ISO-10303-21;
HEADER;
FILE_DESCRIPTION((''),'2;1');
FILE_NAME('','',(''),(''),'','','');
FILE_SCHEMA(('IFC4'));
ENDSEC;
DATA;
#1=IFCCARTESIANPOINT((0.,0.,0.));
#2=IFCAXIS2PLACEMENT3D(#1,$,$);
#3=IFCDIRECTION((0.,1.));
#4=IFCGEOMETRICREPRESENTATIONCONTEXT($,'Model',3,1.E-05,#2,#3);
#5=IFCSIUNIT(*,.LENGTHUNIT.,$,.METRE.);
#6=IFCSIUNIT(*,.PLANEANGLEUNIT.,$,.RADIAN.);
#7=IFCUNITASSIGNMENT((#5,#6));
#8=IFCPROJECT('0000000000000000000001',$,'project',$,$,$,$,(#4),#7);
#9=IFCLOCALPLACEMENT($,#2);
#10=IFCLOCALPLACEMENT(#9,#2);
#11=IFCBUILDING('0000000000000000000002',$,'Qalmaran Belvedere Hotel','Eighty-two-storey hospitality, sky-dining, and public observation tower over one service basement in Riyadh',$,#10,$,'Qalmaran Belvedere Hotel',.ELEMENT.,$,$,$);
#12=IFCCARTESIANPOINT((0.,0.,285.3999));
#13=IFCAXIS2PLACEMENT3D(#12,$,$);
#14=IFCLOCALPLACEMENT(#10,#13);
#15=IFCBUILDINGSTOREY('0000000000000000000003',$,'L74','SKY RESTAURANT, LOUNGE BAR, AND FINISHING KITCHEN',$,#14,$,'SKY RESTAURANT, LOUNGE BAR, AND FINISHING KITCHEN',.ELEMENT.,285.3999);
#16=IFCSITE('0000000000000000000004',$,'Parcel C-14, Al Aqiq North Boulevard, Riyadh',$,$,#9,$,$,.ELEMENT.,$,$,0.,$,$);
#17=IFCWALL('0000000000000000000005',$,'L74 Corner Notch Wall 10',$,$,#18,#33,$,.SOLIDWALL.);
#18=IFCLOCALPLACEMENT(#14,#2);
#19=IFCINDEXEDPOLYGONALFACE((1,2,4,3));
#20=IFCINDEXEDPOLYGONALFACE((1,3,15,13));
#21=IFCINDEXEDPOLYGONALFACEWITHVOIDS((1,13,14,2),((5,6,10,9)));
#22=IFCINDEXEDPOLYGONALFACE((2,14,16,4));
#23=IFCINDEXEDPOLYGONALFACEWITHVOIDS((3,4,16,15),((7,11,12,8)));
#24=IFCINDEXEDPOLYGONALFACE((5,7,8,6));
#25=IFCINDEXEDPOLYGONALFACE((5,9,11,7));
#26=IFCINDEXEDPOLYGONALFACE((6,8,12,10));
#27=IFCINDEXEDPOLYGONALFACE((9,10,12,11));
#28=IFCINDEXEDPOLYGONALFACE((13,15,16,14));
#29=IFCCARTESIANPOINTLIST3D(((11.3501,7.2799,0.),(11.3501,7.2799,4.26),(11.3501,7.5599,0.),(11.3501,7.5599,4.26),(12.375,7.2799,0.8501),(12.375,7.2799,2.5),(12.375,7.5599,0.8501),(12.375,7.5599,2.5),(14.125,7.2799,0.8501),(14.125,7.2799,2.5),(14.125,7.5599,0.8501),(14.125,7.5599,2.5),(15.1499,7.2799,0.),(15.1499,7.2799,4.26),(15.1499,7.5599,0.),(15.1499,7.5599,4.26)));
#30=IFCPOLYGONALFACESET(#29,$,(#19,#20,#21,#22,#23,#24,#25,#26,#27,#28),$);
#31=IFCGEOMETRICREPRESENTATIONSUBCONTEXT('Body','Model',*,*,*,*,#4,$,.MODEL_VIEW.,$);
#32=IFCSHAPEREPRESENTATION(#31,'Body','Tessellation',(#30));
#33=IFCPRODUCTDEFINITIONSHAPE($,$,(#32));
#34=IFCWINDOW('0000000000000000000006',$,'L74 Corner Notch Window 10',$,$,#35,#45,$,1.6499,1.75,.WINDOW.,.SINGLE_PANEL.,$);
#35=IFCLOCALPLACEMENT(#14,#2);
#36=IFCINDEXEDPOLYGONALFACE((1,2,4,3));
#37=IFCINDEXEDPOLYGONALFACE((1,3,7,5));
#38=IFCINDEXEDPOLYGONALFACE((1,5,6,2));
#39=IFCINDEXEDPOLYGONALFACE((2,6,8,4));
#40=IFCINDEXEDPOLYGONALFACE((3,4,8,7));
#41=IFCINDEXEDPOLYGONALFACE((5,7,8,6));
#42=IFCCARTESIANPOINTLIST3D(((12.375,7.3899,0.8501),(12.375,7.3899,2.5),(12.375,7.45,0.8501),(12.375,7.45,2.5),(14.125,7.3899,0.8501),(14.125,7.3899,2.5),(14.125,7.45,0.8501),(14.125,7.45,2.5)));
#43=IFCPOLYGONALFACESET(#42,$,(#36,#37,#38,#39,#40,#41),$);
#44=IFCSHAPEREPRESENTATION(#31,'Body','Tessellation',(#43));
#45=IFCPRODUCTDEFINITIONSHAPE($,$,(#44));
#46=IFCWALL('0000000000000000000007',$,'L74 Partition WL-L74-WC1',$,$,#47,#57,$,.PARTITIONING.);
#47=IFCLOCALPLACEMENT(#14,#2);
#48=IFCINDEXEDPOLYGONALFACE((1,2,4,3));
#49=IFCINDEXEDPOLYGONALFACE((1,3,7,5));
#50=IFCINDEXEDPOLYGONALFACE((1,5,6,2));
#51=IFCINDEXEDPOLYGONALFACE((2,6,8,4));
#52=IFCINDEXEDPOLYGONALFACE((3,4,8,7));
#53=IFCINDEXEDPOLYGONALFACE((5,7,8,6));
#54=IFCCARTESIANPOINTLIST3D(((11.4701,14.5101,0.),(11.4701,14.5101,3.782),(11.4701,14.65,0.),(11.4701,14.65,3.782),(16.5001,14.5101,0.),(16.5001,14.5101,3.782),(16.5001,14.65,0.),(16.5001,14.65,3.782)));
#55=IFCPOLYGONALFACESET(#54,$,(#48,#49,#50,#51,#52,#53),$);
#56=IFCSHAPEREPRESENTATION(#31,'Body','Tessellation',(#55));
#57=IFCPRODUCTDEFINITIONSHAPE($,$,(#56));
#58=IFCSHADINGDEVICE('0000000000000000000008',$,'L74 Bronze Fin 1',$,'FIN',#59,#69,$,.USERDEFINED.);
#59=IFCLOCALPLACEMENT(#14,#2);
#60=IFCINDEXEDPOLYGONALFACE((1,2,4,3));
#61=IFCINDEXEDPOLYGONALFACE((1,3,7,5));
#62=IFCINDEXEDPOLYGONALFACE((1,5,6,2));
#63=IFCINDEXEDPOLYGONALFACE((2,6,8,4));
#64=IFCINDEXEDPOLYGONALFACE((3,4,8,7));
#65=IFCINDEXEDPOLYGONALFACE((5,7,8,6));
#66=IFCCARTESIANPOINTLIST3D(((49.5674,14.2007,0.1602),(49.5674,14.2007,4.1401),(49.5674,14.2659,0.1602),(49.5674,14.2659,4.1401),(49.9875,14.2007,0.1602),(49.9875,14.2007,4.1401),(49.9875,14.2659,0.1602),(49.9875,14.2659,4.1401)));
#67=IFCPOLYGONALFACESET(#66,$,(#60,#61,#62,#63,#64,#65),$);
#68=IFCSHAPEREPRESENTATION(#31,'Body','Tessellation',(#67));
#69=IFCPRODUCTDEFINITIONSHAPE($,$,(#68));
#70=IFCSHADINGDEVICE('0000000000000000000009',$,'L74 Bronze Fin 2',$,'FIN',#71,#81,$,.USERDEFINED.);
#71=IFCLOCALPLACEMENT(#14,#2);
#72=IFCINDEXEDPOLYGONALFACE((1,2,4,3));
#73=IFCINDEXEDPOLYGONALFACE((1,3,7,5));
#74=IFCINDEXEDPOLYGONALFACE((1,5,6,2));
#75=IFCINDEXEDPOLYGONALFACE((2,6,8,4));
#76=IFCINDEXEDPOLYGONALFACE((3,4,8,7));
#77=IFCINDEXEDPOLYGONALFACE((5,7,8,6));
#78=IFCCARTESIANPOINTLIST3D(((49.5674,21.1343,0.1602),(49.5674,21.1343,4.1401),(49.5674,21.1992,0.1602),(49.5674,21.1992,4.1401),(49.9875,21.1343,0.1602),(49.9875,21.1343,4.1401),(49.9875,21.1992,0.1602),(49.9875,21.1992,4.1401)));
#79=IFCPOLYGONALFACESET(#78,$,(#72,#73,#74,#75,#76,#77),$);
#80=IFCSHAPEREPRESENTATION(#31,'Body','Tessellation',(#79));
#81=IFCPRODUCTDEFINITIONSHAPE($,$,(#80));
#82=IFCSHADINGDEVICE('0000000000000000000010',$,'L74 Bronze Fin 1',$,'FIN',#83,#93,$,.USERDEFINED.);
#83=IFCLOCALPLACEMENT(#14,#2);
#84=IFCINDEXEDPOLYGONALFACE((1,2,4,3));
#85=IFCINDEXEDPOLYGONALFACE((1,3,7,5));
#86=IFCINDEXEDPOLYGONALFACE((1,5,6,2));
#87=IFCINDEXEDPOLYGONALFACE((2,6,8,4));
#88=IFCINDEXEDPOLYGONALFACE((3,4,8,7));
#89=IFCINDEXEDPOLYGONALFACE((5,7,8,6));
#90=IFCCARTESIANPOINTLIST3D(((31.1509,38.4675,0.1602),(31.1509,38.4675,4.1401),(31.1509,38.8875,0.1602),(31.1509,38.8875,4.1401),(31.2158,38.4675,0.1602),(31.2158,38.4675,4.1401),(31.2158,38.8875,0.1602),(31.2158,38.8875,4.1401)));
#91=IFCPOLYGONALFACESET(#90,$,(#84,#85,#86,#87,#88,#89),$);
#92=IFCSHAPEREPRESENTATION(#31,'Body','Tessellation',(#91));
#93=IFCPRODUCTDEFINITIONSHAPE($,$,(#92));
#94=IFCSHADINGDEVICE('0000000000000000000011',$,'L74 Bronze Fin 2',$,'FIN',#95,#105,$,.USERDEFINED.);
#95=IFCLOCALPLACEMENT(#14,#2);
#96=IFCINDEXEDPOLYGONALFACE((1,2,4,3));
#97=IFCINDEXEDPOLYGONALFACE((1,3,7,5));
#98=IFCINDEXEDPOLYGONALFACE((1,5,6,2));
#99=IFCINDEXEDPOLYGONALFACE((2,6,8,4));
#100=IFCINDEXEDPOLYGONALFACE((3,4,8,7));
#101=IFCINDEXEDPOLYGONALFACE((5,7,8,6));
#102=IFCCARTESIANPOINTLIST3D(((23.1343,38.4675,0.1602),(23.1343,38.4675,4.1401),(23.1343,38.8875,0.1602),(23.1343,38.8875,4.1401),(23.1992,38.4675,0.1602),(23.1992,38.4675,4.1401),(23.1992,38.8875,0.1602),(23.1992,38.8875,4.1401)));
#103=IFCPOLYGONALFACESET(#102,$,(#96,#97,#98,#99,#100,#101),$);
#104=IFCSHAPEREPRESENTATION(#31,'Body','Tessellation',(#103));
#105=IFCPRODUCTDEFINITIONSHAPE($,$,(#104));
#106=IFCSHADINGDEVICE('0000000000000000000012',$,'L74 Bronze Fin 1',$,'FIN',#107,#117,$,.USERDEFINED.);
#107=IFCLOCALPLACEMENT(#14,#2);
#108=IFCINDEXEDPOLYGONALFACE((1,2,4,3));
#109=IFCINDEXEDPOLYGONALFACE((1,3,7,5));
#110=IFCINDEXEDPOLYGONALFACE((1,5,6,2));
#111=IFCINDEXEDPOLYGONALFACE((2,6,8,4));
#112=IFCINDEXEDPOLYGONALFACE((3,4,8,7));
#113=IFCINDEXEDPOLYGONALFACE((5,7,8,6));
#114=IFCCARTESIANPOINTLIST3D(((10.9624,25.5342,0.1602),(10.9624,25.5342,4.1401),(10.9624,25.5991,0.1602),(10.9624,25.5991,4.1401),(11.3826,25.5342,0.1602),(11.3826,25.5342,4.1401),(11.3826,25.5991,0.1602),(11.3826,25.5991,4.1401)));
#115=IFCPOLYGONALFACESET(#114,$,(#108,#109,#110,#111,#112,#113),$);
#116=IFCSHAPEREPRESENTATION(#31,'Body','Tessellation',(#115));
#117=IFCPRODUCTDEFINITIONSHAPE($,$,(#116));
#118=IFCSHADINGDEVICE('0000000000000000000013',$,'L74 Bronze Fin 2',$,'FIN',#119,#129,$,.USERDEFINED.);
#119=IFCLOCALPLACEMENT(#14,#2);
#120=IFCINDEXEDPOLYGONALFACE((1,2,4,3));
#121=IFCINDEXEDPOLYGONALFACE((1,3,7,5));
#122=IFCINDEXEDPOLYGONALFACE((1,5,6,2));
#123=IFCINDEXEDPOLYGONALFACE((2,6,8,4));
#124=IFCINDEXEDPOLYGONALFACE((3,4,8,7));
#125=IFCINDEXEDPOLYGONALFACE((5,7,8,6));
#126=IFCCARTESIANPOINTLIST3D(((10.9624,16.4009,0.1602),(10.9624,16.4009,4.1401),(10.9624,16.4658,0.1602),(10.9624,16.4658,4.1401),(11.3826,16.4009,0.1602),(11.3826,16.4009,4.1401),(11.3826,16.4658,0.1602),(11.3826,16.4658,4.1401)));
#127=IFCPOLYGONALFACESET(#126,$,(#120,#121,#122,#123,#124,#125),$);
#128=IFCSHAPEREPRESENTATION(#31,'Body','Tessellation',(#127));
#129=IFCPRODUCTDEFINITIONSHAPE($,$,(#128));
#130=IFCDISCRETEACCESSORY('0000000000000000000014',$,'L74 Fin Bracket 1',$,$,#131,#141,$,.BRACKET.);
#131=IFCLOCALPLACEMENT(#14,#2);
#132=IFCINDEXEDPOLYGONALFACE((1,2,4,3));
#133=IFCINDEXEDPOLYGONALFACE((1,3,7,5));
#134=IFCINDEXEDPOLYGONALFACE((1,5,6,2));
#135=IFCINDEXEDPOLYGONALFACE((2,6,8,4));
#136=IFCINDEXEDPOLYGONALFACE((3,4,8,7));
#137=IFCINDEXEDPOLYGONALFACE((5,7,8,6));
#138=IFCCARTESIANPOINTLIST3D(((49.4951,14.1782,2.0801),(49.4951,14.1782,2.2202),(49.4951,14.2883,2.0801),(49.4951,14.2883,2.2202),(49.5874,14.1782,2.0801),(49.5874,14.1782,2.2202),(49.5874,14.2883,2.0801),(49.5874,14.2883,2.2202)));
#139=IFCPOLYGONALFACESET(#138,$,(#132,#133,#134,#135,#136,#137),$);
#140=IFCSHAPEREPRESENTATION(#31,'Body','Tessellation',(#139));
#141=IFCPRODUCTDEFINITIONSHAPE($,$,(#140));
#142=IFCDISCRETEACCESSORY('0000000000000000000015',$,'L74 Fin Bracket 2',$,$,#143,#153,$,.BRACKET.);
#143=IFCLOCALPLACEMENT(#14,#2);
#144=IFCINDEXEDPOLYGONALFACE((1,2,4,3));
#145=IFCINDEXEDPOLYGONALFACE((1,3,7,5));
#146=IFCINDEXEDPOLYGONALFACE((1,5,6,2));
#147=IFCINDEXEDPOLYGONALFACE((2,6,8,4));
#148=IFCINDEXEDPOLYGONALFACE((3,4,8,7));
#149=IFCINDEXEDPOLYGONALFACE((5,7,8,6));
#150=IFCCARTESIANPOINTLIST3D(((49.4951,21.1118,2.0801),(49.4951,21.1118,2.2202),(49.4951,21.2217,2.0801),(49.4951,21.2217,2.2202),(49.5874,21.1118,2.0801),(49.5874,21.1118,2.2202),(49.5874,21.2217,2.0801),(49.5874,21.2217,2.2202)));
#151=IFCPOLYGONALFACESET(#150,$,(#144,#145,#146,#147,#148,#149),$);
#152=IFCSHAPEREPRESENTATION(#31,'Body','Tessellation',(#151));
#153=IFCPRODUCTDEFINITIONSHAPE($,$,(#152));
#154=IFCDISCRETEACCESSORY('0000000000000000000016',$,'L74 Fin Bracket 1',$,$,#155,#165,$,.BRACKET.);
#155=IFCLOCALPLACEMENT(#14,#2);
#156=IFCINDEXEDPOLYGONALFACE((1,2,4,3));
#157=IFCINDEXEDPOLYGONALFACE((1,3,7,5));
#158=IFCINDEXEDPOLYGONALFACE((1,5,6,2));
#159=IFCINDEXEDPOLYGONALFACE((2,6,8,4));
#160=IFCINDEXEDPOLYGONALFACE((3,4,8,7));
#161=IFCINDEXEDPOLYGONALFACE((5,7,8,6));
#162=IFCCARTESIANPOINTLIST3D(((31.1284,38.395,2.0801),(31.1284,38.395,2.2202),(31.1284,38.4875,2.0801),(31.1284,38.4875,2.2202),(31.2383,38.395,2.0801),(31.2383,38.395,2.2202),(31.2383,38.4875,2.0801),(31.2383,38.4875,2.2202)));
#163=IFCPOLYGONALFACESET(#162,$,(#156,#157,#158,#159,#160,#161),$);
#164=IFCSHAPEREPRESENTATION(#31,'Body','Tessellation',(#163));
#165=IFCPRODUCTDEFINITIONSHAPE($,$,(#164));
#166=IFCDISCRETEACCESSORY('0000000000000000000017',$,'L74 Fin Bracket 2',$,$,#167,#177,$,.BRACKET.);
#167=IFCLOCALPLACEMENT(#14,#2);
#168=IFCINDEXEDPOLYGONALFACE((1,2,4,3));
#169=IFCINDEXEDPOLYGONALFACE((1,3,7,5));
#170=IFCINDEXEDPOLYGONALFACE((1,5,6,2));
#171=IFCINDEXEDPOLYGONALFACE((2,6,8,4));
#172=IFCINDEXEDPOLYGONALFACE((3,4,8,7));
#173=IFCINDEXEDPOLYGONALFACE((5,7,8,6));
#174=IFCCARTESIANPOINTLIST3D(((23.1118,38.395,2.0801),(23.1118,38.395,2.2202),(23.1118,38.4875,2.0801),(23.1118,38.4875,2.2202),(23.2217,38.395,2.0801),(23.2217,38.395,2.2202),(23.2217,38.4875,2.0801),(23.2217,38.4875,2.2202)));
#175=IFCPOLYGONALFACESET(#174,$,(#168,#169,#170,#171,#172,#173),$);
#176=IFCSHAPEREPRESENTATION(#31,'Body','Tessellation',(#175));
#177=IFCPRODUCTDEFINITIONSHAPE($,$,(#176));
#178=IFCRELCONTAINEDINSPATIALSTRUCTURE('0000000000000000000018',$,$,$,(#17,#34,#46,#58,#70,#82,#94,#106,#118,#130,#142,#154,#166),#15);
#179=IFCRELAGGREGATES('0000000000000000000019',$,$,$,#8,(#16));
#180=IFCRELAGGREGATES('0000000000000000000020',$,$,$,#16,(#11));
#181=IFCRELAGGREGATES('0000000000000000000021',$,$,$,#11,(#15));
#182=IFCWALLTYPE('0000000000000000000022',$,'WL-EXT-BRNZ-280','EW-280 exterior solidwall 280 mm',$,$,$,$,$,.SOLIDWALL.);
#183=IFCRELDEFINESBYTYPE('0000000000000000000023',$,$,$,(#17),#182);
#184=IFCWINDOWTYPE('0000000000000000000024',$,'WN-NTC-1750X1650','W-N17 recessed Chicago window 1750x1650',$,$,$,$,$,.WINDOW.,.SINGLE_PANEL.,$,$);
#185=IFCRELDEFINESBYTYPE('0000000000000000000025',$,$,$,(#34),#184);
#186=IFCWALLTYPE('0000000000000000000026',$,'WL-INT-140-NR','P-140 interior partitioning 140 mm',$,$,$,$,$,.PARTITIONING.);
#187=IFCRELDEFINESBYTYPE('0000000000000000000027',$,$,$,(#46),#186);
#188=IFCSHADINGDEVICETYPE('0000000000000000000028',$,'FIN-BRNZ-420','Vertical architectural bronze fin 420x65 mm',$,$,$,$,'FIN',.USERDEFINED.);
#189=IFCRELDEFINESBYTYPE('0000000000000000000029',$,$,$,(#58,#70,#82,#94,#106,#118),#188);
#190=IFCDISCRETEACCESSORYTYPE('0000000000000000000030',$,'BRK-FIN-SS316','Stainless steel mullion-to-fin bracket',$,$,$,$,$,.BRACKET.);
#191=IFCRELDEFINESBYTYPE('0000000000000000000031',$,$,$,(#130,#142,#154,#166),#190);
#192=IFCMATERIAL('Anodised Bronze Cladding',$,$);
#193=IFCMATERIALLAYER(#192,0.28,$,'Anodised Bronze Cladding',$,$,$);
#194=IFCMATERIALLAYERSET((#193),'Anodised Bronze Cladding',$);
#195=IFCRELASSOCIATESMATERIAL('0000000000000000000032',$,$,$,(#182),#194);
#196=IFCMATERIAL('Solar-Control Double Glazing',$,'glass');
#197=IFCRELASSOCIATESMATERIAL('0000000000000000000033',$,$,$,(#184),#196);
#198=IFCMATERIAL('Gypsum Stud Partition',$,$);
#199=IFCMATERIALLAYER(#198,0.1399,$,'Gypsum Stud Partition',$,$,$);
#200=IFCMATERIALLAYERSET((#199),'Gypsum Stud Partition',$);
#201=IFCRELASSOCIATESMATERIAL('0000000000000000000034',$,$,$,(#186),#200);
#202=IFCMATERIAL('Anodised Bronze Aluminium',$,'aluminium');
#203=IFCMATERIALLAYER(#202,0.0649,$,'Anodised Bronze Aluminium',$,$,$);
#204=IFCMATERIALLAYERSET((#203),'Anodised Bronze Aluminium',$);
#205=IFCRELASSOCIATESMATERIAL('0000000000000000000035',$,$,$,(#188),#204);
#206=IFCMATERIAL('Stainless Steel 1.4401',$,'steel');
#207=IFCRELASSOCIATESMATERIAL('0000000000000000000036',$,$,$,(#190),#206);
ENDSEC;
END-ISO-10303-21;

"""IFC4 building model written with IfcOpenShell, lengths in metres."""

from ifc_helpers import new_model, si_unit, direction, frame, frame_2d, origin, place, context, subcontext, project, spatial, polyline, rectangle, outline, extrude, material, layer, layer_set, type_object, element, fill, save


model = new_model("IFC4")

# Units and contexts
model_context = context("Model", 3, precision=1e-05, world=origin(), true_north=direction((0.0, 1.0)))
body_context = subcontext(model_context, "Body", "Model", "MODEL_VIEW")
ifc_project = project(units=[si_unit("LENGTHUNIT", "METRE"), si_unit("PLANEANGLEUNIT", "RADIAN")], contexts=[model_context])

# Site, building, storey
site_placement = place(None, origin())
site = spatial("IfcSite", under=ifc_project, at=site_placement, Name="Parcel C-14, Al Aqiq North Boulevard, Riyadh", CompositionType="ELEMENT", RefElevation=0.0)
building_placement = place(site_placement, origin())
building = spatial("IfcBuilding", under=site, at=building_placement, Name="Qalmaran Belvedere Hotel", Description="Eighty-two-storey hospitality, sky-dining, and public observation tower over one service basement in Riyadh", LongName="Qalmaran Belvedere Hotel", CompositionType="ELEMENT")
storey_placement = place(building_placement, frame((0.0, 0.0, 285.3999)))
storey = spatial("IfcBuildingStorey", under=building, at=storey_placement, Name="L74", Description="SKY RESTAURANT, LOUNGE BAR, AND FINISHING KITCHEN", LongName="SKY RESTAURANT, LOUNGE BAR, AND FINISHING KITCHEN", CompositionType="ELEMENT", Elevation=285.3999)

# Shared definitions
ifc_material_1 = material(Name="Anodised Bronze Aluminium", Category="aluminium")

# Shared definitions
ifc_material_2 = material(Name="Solar-Control Double Glazing", Category="glass")

# Wall, opening, window
ifc_material_3 = material(Name="Anodised Bronze Cladding")
ifc_layer_1 = layer(ifc_material_3, 0.28, Name="Anodised Bronze Cladding")
ifc_layer_set_1 = layer_set([ifc_layer_1], Name="Anodised Bronze Cladding")
wall_type_1 = type_object("IfcWallType", Name="WL-EXT-BRNZ-280", Description="EW-280 exterior solidwall 280 mm", PredefinedType="SOLIDWALL", material=ifc_layer_set_1)
wall_1_placement = place(storey_placement, frame((11.3501, 7.4199, 0.0), z_axis=(0.0, 0.0, 1.0), x_axis=(1.0, 0.0, 0.0)))
wall_1 = element("IfcWall", 1, at=wall_1_placement, inside=storey, type_object=wall_type_1, Name="L74 Corner Notch Wall 10", PredefinedType="SOLIDWALL", context=body_context, shape_type="SweptSolid", body=[
    extrude(rectangle(XDim=3.7998, YDim=0.28, at=frame_2d((1.8999, 0.0))), origin(), (0.0, 0.0, 1.0), 4.26),
])
opening_placement = place(wall_1_placement, frame((1.0249, 0.0, 0.8501)))
opening = element("IfcOpeningElement", 2, at=opening_placement, cuts=wall_1, PredefinedType="OPENING", context=body_context, shape_type="SweptSolid", body=[
    extrude(rectangle(XDim=1.75, YDim=1.6499, at=frame_2d((0.875, 0.825))), frame((0.0, 0.1499, 0.0), z_axis=(0.0, -1.0, 0.0), x_axis=(1.0, 0.0, 0.0)), (0.0, 0.0, 1.0), 0.3),
])
window_type = type_object("IfcWindowType", Name="WN-NTC-1750X1650", Description="W-N17 recessed Chicago window 1750x1650", PartitioningType="SINGLE_PANEL", PredefinedType="WINDOW", material=ifc_material_2)
window_placement = place(opening_placement, origin())
window = element("IfcWindow", 3, at=window_placement, inside=storey, type_object=window_type, Name="L74 Corner Notch Window 10", OverallHeight=1.6499, OverallWidth=1.75, PartitioningType="SINGLE_PANEL", PredefinedType="WINDOW", context=body_context, shape_type="SweptSolid", body=[
    extrude(rectangle(XDim=1.75, YDim=1.6499, at=frame_2d((0.875, 0.825))), frame((0.0, 0.03, 0.0), z_axis=(0.0, -1.0, 0.0), x_axis=(1.0, 0.0, 0.0)), (0.0, 0.0, 1.0), 0.0601),
])
fill(opening, window)

# Wall
ifc_material_4 = material(Name="Gypsum Stud Partition")
ifc_layer_2 = layer(ifc_material_4, 0.1399, Name="Gypsum Stud Partition")
ifc_layer_set_2 = layer_set([ifc_layer_2], Name="Gypsum Stud Partition")
wall_type_2 = type_object("IfcWallType", Name="WL-INT-140-NR", Description="P-140 interior partitioning 140 mm", PredefinedType="PARTITIONING", material=ifc_layer_set_2)
wall_2_placement = place(storey_placement, frame((11.47, 14.5801, 0.0), z_axis=(0.0, 0.0, 1.0), x_axis=(1.0, 0.0, 0.0)))
element("IfcWall", 4, at=wall_2_placement, inside=storey, type_object=wall_type_2, Name="L74 Partition WL-L74-WC1", PredefinedType="PARTITIONING", context=body_context, shape_type="SweptSolid", body=[
    extrude(rectangle(XDim=5.03, YDim=0.1399, at=frame_2d((2.5151, 0.0))), origin(), (0.0, 0.0, 1.0), 3.782),
])

# Shading devices
ifc_layer_3 = layer(ifc_material_1, 0.0649, Name="Anodised Bronze Aluminium")
ifc_layer_set_3 = layer_set([ifc_layer_3], Name="Anodised Bronze Aluminium")
shading_device_type = type_object("IfcShadingDeviceType", Name="FIN-BRNZ-420", Description="Vertical architectural bronze fin 420x65 mm", ElementType="FIN", PredefinedType="USERDEFINED", material=ifc_layer_set_3)
shading_device_1_placement = place(storey_placement, frame((0.0, 0.0, 0.1602)))
element("IfcShadingDevice", 5, at=shading_device_1_placement, inside=storey, type_object=shading_device_type, Name="L74 Bronze Fin 1", ObjectType="FIN", PredefinedType="USERDEFINED", context=body_context, shape_type="SweptSolid", body=[
    extrude(outline(polyline([(49.5674, 14.2007), (49.9875, 14.2007), (49.9875, 14.2659), (49.5674, 14.2659), (49.5674, 14.2007)])), origin(), (0.0, 0.0, 1.0), 3.98),
])
shading_device_2_placement = place(storey_placement, frame((0.0, 0.0, 0.1602)))
element("IfcShadingDevice", 6, at=shading_device_2_placement, inside=storey, type_object=shading_device_type, Name="L74 Bronze Fin 2", ObjectType="FIN", PredefinedType="USERDEFINED", context=body_context, shape_type="SweptSolid", body=[
    extrude(outline(polyline([(49.5674, 21.1343), (49.9875, 21.1343), (49.9875, 21.1992), (49.5674, 21.1992), (49.5674, 21.1343)])), origin(), (0.0, 0.0, 1.0), 3.98),
])
shading_device_3_placement = place(storey_placement, frame((0.0, 0.0, 0.1602)))
element("IfcShadingDevice", 7, at=shading_device_3_placement, inside=storey, type_object=shading_device_type, Name="L74 Bronze Fin 1", ObjectType="FIN", PredefinedType="USERDEFINED", context=body_context, shape_type="SweptSolid", body=[
    extrude(outline(polyline([(31.2158, 38.4675), (31.2158, 38.8875), (31.1509, 38.8875), (31.1509, 38.4675), (31.2158, 38.4675)])), origin(), (0.0, 0.0, 1.0), 3.98),
])
shading_device_4_placement = place(storey_placement, frame((0.0, 0.0, 0.1602)))
element("IfcShadingDevice", 8, at=shading_device_4_placement, inside=storey, type_object=shading_device_type, Name="L74 Bronze Fin 2", ObjectType="FIN", PredefinedType="USERDEFINED", context=body_context, shape_type="SweptSolid", body=[
    extrude(outline(polyline([(23.1992, 38.4675), (23.1992, 38.8875), (23.1343, 38.8875), (23.1343, 38.4675), (23.1992, 38.4675)])), origin(), (0.0, 0.0, 1.0), 3.98),
])
shading_device_5_placement = place(storey_placement, frame((0.0, 0.0, 0.1602)))
element("IfcShadingDevice", 9, at=shading_device_5_placement, inside=storey, type_object=shading_device_type, Name="L74 Bronze Fin 1", ObjectType="FIN", PredefinedType="USERDEFINED", context=body_context, shape_type="SweptSolid", body=[
    extrude(outline(polyline([(11.3826, 25.5991), (10.9624, 25.5991), (10.9624, 25.5342), (11.3826, 25.5342), (11.3826, 25.5991)])), origin(), (0.0, 0.0, 1.0), 3.98),
])
shading_device_6_placement = place(storey_placement, frame((0.0, 0.0, 0.1602)))
element("IfcShadingDevice", 10, at=shading_device_6_placement, inside=storey, type_object=shading_device_type, Name="L74 Bronze Fin 2", ObjectType="FIN", PredefinedType="USERDEFINED", context=body_context, shape_type="SweptSolid", body=[
    extrude(outline(polyline([(11.3826, 16.4658), (10.9624, 16.4658), (10.9624, 16.4009), (11.3826, 16.4009), (11.3826, 16.4658)])), origin(), (0.0, 0.0, 1.0), 3.98),
])

# Discrete accessories
ifc_material_5 = material(Name="Stainless Steel 1.4401", Category="steel")
discrete_accessory_type = type_object("IfcDiscreteAccessoryType", Name="BRK-FIN-SS316", Description="Stainless steel mullion-to-fin bracket", PredefinedType="BRACKET", material=ifc_material_5)
discrete_accessory_1_placement = place(storey_placement, frame((0.0, 0.0, 2.0801)))
element("IfcDiscreteAccessory", 11, at=discrete_accessory_1_placement, inside=storey, type_object=discrete_accessory_type, Name="L74 Fin Bracket 1", PredefinedType="BRACKET", context=body_context, shape_type="SweptSolid", body=[
    extrude(outline(polyline([(49.4951, 14.1782), (49.5874, 14.1782), (49.5874, 14.2883), (49.4951, 14.2883), (49.4951, 14.1782)])), origin(), (0.0, 0.0, 1.0), 0.1401),
])
discrete_accessory_2_placement = place(storey_placement, frame((0.0, 0.0, 2.0801)))
element("IfcDiscreteAccessory", 12, at=discrete_accessory_2_placement, inside=storey, type_object=discrete_accessory_type, Name="L74 Fin Bracket 2", PredefinedType="BRACKET", context=body_context, shape_type="SweptSolid", body=[
    extrude(outline(polyline([(49.4951, 21.1118), (49.5874, 21.1118), (49.5874, 21.2217), (49.4951, 21.2217), (49.4951, 21.1118)])), origin(), (0.0, 0.0, 1.0), 0.1401),
])
discrete_accessory_3_placement = place(storey_placement, frame((0.0, 0.0, 2.0801)))
element("IfcDiscreteAccessory", 13, at=discrete_accessory_3_placement, inside=storey, type_object=discrete_accessory_type, Name="L74 Fin Bracket 1", PredefinedType="BRACKET", context=body_context, shape_type="SweptSolid", body=[
    extrude(outline(polyline([(31.2383, 38.395), (31.2383, 38.4875), (31.1284, 38.4875), (31.1284, 38.395), (31.2383, 38.395)])), origin(), (0.0, 0.0, 1.0), 0.1401),
])
discrete_accessory_4_placement = place(storey_placement, frame((0.0, 0.0, 2.0801)))
element("IfcDiscreteAccessory", 14, at=discrete_accessory_4_placement, inside=storey, type_object=discrete_accessory_type, Name="L74 Fin Bracket 2", PredefinedType="BRACKET", context=body_context, shape_type="SweptSolid", body=[
    extrude(outline(polyline([(23.2217, 38.395), (23.2217, 38.4875), (23.1118, 38.4875), (23.1118, 38.395), (23.2217, 38.395)])), origin(), (0.0, 0.0, 1.0), 0.1401),
])

save(model, "model.ifc")
